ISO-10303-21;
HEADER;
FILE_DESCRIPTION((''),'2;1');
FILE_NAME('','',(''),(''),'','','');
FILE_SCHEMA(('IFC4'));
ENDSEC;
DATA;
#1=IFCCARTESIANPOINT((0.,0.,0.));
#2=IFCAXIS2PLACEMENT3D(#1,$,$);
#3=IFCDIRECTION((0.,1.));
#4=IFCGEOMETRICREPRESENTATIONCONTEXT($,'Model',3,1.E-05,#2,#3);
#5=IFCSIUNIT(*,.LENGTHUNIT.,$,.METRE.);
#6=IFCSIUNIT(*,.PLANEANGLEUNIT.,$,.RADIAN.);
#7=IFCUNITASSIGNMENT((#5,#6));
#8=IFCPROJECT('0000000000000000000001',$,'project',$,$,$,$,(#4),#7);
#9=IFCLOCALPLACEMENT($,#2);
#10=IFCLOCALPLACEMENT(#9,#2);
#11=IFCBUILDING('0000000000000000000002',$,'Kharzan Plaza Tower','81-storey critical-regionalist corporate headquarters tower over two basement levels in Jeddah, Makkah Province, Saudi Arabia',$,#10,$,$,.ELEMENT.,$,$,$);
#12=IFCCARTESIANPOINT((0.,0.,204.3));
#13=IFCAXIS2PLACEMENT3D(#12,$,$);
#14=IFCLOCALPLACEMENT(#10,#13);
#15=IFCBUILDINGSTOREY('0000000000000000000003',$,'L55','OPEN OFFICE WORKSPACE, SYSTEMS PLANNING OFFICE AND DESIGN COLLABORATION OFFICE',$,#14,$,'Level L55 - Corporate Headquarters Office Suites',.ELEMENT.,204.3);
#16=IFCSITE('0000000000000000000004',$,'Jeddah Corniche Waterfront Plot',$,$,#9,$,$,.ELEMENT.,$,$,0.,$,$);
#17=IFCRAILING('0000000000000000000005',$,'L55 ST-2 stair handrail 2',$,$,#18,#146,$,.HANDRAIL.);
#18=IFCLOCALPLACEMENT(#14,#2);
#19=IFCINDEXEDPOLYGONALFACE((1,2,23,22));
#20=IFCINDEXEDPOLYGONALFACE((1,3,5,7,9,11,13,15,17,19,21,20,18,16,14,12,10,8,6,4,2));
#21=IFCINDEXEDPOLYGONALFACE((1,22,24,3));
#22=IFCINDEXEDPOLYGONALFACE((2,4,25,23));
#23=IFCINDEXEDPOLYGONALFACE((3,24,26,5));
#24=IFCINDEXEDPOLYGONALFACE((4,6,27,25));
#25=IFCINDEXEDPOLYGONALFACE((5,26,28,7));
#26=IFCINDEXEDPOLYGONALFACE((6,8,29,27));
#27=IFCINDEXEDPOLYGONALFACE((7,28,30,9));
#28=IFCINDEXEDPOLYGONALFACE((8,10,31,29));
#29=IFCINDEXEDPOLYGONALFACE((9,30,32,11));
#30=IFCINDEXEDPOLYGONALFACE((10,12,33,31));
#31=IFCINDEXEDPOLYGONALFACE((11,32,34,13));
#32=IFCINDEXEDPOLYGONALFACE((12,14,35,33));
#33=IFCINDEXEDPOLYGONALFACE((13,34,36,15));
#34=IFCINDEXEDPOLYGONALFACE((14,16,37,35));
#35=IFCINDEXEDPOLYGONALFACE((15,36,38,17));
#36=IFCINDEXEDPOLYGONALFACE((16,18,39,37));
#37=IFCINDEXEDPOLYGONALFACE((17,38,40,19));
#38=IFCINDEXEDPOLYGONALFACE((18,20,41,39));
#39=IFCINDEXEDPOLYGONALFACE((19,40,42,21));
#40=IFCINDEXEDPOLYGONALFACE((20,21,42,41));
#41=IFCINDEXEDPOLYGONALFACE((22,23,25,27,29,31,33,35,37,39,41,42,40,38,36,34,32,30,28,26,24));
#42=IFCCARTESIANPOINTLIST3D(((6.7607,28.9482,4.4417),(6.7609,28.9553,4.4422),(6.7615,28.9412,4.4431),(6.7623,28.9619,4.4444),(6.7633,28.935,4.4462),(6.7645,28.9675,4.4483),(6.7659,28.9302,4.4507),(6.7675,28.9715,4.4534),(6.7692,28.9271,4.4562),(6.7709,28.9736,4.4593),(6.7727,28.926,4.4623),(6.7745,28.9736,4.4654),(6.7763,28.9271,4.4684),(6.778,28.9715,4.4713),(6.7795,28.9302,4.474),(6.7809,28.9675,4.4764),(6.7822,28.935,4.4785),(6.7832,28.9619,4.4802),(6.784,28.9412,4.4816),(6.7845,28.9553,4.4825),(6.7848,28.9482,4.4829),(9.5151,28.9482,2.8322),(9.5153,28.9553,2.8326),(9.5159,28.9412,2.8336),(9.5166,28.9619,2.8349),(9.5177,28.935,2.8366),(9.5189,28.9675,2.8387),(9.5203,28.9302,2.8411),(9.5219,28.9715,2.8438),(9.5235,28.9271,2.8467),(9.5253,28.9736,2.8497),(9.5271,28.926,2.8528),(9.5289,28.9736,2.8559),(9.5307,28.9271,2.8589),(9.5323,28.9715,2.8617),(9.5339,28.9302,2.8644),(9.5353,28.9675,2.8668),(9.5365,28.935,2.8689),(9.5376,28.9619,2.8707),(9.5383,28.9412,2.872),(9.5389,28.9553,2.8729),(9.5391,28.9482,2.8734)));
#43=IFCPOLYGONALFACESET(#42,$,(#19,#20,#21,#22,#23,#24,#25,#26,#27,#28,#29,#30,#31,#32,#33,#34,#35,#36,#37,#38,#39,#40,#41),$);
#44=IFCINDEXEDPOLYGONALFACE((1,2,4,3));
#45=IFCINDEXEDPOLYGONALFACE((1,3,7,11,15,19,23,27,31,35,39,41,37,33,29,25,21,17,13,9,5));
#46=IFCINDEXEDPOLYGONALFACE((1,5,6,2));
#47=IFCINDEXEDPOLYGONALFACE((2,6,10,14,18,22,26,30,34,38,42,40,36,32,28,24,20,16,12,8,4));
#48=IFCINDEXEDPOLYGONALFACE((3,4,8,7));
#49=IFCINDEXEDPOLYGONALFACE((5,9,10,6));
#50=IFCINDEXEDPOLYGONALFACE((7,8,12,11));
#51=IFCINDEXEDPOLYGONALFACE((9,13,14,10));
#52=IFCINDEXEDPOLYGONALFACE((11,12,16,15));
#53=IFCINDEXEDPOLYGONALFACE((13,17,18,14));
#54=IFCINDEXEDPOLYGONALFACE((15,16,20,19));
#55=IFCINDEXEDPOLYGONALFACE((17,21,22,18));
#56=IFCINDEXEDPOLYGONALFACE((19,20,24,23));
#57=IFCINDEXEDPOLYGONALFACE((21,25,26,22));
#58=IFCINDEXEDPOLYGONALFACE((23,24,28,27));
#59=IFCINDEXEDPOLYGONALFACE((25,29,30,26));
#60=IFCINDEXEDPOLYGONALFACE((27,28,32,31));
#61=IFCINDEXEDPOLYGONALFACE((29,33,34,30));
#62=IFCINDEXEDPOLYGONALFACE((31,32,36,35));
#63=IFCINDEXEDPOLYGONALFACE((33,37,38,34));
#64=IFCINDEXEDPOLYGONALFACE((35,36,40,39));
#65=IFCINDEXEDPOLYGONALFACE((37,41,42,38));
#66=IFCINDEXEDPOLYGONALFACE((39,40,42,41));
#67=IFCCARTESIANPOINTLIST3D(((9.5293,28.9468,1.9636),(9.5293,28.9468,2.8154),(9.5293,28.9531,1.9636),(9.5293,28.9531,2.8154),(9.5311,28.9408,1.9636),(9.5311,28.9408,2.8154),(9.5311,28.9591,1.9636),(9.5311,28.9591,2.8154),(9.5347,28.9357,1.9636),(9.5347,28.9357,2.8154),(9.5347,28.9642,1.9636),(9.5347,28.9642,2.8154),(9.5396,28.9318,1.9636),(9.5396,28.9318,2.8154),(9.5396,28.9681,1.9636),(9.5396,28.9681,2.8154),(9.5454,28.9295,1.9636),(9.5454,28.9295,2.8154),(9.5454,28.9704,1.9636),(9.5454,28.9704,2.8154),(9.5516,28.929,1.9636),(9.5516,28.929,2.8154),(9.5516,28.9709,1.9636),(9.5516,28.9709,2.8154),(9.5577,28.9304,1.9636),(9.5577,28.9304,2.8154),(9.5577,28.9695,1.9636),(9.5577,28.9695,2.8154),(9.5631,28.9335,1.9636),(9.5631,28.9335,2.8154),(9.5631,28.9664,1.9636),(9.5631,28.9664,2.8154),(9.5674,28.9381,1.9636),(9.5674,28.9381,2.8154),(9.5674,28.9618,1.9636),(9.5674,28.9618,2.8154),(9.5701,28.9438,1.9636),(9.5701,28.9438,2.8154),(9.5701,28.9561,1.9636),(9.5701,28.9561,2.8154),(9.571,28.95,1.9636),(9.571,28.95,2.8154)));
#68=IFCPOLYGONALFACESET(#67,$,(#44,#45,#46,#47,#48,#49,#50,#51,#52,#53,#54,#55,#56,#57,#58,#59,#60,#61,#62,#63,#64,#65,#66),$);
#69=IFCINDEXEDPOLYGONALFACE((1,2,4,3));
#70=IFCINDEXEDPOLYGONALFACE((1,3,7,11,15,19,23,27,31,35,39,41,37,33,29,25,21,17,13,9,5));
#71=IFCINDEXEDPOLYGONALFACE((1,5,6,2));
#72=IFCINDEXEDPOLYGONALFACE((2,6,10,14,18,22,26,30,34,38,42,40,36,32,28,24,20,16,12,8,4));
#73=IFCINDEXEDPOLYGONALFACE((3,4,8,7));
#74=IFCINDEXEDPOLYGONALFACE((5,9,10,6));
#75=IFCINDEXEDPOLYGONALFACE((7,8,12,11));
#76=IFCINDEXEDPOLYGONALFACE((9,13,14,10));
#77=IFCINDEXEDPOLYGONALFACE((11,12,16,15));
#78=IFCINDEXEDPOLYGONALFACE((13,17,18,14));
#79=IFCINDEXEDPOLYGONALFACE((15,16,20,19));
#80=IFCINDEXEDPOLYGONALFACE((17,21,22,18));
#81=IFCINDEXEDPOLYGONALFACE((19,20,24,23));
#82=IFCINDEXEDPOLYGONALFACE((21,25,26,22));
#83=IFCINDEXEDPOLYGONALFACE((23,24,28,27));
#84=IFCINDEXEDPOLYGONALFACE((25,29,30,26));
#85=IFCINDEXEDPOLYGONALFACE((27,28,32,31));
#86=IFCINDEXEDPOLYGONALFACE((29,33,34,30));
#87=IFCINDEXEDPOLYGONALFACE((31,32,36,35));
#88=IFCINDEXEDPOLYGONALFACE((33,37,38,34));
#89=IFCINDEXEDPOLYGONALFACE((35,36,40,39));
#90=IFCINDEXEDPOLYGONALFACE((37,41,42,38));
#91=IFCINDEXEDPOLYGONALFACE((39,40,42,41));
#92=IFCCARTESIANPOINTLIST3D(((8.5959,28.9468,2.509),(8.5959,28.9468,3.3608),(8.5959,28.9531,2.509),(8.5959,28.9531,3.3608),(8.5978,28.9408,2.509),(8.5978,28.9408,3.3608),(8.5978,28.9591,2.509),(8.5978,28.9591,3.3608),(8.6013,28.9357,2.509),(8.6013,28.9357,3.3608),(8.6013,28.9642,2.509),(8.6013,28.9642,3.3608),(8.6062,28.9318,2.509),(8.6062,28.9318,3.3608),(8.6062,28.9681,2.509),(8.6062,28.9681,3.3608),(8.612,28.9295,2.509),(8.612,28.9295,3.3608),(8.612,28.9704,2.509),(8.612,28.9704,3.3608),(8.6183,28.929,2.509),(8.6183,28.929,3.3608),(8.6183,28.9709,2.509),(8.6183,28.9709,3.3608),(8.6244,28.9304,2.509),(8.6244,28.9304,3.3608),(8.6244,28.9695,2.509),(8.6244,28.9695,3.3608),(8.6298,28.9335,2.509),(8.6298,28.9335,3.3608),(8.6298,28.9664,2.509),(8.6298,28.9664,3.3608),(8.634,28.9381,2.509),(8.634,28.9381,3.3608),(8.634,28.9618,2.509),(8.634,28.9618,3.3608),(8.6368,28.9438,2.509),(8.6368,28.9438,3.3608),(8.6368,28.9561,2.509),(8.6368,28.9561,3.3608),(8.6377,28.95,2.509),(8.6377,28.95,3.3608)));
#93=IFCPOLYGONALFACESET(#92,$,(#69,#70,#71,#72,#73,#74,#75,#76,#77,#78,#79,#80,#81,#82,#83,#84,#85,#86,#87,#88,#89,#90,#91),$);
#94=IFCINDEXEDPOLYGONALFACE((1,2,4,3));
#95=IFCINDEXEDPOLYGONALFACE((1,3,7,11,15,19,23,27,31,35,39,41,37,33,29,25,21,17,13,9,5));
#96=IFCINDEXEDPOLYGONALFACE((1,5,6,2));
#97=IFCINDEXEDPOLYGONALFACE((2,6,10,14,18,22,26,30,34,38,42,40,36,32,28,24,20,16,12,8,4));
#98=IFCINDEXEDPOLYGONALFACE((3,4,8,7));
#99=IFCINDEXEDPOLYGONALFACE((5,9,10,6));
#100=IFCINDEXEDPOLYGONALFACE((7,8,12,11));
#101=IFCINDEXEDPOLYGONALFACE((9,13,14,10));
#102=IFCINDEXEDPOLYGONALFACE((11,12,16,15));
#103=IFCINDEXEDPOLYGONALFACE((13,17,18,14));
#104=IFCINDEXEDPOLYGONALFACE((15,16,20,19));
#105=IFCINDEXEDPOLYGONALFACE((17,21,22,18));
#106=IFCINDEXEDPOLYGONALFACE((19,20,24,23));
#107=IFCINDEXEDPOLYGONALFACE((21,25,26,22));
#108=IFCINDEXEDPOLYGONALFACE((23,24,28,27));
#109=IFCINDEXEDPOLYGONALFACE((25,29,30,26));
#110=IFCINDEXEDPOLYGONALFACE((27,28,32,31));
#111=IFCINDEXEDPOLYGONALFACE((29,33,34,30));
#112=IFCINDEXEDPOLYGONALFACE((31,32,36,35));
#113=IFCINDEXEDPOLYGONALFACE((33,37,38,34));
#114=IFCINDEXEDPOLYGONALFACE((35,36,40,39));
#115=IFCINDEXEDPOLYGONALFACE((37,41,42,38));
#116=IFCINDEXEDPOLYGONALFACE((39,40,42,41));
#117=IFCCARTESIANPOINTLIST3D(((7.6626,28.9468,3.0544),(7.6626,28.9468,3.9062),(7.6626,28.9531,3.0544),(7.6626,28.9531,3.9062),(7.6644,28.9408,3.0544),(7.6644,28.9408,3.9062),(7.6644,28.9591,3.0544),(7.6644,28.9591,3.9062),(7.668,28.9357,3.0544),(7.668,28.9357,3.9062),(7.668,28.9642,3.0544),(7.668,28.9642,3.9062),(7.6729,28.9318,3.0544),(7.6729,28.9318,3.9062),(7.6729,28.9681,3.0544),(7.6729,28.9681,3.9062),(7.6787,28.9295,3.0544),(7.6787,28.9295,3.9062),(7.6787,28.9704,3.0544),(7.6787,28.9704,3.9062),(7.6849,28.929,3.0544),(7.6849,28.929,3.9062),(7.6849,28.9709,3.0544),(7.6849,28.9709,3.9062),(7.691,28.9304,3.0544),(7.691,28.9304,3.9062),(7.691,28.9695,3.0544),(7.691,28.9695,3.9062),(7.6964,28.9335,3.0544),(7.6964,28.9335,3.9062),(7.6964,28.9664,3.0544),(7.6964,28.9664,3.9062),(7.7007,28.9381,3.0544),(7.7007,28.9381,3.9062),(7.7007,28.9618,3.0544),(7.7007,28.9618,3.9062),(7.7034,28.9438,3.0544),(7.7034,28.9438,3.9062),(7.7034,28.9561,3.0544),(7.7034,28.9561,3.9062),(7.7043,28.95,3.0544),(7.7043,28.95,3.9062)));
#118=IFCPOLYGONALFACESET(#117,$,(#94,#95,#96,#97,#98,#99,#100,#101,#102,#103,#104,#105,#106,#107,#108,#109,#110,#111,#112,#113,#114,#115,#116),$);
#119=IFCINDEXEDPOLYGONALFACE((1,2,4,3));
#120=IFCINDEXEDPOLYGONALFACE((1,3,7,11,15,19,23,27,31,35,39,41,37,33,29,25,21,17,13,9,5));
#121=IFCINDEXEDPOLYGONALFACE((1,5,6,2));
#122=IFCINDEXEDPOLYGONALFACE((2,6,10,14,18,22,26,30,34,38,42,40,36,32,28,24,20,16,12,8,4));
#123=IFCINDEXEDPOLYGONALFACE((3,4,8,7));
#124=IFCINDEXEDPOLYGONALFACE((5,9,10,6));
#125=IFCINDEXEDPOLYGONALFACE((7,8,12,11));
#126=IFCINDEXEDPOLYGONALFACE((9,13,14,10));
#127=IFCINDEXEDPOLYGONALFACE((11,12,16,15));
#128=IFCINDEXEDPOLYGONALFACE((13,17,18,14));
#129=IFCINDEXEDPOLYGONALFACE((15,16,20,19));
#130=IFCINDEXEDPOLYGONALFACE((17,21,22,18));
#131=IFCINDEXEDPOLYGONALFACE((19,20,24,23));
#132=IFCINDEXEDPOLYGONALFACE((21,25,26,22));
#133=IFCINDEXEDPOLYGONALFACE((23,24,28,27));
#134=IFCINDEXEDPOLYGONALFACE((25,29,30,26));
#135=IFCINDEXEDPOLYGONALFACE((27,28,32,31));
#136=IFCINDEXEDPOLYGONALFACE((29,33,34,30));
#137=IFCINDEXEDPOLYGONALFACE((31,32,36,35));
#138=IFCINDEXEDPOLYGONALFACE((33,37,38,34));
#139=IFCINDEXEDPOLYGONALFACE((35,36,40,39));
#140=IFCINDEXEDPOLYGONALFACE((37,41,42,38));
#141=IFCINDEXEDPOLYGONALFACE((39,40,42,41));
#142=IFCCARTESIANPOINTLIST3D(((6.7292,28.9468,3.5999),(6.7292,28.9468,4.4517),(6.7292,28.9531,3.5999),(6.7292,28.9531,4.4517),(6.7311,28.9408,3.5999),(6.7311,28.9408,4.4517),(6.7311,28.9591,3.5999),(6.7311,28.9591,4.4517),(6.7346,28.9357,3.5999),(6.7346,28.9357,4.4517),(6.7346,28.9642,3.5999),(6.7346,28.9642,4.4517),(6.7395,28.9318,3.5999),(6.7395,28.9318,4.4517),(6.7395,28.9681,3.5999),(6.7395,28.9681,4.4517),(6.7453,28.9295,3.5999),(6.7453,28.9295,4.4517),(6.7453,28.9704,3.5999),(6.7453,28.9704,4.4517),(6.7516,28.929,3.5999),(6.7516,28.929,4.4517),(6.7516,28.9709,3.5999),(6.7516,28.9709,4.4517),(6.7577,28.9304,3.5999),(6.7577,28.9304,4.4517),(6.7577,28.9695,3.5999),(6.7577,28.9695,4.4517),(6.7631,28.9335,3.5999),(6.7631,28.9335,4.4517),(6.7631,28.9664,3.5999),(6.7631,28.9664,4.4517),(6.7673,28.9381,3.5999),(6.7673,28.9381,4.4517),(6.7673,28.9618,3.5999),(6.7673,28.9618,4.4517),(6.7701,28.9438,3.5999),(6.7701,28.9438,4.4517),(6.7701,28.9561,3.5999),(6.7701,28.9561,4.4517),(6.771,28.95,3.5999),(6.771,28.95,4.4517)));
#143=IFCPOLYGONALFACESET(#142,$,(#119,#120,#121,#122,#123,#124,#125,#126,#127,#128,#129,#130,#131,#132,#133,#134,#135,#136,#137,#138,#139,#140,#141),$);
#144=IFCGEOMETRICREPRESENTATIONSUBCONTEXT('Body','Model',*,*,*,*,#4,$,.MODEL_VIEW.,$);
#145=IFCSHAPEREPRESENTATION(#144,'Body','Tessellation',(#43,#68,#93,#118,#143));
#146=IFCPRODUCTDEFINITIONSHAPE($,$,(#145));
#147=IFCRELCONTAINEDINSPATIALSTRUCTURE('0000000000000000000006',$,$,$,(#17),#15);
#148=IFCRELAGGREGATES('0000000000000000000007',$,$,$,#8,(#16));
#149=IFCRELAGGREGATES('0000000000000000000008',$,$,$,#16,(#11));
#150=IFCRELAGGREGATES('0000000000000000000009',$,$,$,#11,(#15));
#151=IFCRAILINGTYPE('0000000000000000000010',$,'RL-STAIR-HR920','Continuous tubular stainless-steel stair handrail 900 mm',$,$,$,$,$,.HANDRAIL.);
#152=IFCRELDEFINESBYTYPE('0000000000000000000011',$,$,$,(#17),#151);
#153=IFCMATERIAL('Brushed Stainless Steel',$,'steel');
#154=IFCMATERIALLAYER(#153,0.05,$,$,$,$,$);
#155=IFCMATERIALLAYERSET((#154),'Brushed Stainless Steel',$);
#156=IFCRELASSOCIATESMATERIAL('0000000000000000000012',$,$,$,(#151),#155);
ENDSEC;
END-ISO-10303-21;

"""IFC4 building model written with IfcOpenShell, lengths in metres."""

from ifc_helpers import new_model, si_unit, direction, frame, origin, origin_2d, place, context, subcontext, project, spatial, circle, extrude, source, transform, mapped, material, layer, layer_set, type_object, element, save


model = new_model("IFC4")

# Units and contexts
model_context = context("Model", 3, precision=1e-05, world=origin(), true_north=direction((0.0, 1.0)))
body_context = subcontext(model_context, "Body", "Model", "MODEL_VIEW")
ifc_project = project(units=[si_unit("LENGTHUNIT", "METRE"), si_unit("PLANEANGLEUNIT", "RADIAN")], contexts=[model_context])

# Site, building, storey
site_placement = place(None, origin())
site = spatial("IfcSite", under=ifc_project, at=site_placement, Name="Jeddah Corniche Waterfront Plot", CompositionType="ELEMENT", RefElevation=0.0)
building_placement = place(site_placement, origin())
building = spatial("IfcBuilding", under=site, at=building_placement, Name="Kharzan Plaza Tower", Description="81-storey critical-regionalist corporate headquarters tower over two basement levels in Jeddah, Makkah Province, Saudi Arabia", CompositionType="ELEMENT")
storey_placement = place(building_placement, frame((0.0, 0.0, 204.3)))
storey = spatial("IfcBuildingStorey", under=building, at=storey_placement, Name="L55", Description="OPEN OFFICE WORKSPACE, SYSTEMS PLANNING OFFICE AND DESIGN COLLABORATION OFFICE", LongName="Level L55 - Corporate Headquarters Office Suites", CompositionType="ELEMENT", Elevation=204.3)

# Shared definitions
ifc_material_1 = material(Name="Brushed Stainless Steel", Category="steel")

# Railing
ifc_layer_1 = layer(ifc_material_1, 0.05)
ifc_layer_set_1 = layer_set([ifc_layer_1], Name="Brushed Stainless Steel")
railing_type_1 = type_object("IfcRailingType", Name="RL-STAIR-HR920", Description="Continuous tubular stainless-steel stair handrail 900 mm", PredefinedType="HANDRAIL", material=ifc_layer_set_1)
shared_shape_1 = source(origin(), body_context, "Body", "SweptSolid", [
    extrude(circle(Radius=0.0239, at=origin_2d()), frame((-0.0229, 0.0, 0.8892), z_axis=(-0.863394, 0.0, 0.504531), x_axis=(0.0, -1.0, 0.0)), (0.0, 0.0, 1.0), 3.1902),
    extrude(circle(Radius=0.021, at=origin_2d()), origin(), (0.0, 0.0, 1.0), 0.8518),
    extrude(circle(Radius=0.021, at=origin_2d()), frame((-0.9333, 0.0, 0.5454)), (0.0, 0.0, 1.0), 0.8518),
    extrude(circle(Radius=0.021, at=origin_2d()), frame((-1.8667, 0.0, 1.0908)), (0.0, 0.0, 1.0), 0.8518),
    extrude(circle(Radius=0.021, at=origin_2d()), frame((-2.8, 0.0, 1.6362)), (0.0, 0.0, 1.0), 0.8518),
])
railing_1_placement = place(storey_placement, frame((9.55, 28.95, 1.9636)))
element("IfcRailing", 1, at=railing_1_placement, inside=storey, type_object=railing_type_1, Name="L55 ST-2 stair handrail 2", PredefinedType="HANDRAIL", context=body_context, shape_type="MappedRepresentation", body=[
    mapped(shared_shape_1, transform((0.0, 0.0, 0.0), x_axis=(1.0, 0.0, 0.0), y_axis=(0.0, 1.0, 0.0), z_axis=(0.0, 0.0, 1.0))),
])

save(model, "model.ifc")
